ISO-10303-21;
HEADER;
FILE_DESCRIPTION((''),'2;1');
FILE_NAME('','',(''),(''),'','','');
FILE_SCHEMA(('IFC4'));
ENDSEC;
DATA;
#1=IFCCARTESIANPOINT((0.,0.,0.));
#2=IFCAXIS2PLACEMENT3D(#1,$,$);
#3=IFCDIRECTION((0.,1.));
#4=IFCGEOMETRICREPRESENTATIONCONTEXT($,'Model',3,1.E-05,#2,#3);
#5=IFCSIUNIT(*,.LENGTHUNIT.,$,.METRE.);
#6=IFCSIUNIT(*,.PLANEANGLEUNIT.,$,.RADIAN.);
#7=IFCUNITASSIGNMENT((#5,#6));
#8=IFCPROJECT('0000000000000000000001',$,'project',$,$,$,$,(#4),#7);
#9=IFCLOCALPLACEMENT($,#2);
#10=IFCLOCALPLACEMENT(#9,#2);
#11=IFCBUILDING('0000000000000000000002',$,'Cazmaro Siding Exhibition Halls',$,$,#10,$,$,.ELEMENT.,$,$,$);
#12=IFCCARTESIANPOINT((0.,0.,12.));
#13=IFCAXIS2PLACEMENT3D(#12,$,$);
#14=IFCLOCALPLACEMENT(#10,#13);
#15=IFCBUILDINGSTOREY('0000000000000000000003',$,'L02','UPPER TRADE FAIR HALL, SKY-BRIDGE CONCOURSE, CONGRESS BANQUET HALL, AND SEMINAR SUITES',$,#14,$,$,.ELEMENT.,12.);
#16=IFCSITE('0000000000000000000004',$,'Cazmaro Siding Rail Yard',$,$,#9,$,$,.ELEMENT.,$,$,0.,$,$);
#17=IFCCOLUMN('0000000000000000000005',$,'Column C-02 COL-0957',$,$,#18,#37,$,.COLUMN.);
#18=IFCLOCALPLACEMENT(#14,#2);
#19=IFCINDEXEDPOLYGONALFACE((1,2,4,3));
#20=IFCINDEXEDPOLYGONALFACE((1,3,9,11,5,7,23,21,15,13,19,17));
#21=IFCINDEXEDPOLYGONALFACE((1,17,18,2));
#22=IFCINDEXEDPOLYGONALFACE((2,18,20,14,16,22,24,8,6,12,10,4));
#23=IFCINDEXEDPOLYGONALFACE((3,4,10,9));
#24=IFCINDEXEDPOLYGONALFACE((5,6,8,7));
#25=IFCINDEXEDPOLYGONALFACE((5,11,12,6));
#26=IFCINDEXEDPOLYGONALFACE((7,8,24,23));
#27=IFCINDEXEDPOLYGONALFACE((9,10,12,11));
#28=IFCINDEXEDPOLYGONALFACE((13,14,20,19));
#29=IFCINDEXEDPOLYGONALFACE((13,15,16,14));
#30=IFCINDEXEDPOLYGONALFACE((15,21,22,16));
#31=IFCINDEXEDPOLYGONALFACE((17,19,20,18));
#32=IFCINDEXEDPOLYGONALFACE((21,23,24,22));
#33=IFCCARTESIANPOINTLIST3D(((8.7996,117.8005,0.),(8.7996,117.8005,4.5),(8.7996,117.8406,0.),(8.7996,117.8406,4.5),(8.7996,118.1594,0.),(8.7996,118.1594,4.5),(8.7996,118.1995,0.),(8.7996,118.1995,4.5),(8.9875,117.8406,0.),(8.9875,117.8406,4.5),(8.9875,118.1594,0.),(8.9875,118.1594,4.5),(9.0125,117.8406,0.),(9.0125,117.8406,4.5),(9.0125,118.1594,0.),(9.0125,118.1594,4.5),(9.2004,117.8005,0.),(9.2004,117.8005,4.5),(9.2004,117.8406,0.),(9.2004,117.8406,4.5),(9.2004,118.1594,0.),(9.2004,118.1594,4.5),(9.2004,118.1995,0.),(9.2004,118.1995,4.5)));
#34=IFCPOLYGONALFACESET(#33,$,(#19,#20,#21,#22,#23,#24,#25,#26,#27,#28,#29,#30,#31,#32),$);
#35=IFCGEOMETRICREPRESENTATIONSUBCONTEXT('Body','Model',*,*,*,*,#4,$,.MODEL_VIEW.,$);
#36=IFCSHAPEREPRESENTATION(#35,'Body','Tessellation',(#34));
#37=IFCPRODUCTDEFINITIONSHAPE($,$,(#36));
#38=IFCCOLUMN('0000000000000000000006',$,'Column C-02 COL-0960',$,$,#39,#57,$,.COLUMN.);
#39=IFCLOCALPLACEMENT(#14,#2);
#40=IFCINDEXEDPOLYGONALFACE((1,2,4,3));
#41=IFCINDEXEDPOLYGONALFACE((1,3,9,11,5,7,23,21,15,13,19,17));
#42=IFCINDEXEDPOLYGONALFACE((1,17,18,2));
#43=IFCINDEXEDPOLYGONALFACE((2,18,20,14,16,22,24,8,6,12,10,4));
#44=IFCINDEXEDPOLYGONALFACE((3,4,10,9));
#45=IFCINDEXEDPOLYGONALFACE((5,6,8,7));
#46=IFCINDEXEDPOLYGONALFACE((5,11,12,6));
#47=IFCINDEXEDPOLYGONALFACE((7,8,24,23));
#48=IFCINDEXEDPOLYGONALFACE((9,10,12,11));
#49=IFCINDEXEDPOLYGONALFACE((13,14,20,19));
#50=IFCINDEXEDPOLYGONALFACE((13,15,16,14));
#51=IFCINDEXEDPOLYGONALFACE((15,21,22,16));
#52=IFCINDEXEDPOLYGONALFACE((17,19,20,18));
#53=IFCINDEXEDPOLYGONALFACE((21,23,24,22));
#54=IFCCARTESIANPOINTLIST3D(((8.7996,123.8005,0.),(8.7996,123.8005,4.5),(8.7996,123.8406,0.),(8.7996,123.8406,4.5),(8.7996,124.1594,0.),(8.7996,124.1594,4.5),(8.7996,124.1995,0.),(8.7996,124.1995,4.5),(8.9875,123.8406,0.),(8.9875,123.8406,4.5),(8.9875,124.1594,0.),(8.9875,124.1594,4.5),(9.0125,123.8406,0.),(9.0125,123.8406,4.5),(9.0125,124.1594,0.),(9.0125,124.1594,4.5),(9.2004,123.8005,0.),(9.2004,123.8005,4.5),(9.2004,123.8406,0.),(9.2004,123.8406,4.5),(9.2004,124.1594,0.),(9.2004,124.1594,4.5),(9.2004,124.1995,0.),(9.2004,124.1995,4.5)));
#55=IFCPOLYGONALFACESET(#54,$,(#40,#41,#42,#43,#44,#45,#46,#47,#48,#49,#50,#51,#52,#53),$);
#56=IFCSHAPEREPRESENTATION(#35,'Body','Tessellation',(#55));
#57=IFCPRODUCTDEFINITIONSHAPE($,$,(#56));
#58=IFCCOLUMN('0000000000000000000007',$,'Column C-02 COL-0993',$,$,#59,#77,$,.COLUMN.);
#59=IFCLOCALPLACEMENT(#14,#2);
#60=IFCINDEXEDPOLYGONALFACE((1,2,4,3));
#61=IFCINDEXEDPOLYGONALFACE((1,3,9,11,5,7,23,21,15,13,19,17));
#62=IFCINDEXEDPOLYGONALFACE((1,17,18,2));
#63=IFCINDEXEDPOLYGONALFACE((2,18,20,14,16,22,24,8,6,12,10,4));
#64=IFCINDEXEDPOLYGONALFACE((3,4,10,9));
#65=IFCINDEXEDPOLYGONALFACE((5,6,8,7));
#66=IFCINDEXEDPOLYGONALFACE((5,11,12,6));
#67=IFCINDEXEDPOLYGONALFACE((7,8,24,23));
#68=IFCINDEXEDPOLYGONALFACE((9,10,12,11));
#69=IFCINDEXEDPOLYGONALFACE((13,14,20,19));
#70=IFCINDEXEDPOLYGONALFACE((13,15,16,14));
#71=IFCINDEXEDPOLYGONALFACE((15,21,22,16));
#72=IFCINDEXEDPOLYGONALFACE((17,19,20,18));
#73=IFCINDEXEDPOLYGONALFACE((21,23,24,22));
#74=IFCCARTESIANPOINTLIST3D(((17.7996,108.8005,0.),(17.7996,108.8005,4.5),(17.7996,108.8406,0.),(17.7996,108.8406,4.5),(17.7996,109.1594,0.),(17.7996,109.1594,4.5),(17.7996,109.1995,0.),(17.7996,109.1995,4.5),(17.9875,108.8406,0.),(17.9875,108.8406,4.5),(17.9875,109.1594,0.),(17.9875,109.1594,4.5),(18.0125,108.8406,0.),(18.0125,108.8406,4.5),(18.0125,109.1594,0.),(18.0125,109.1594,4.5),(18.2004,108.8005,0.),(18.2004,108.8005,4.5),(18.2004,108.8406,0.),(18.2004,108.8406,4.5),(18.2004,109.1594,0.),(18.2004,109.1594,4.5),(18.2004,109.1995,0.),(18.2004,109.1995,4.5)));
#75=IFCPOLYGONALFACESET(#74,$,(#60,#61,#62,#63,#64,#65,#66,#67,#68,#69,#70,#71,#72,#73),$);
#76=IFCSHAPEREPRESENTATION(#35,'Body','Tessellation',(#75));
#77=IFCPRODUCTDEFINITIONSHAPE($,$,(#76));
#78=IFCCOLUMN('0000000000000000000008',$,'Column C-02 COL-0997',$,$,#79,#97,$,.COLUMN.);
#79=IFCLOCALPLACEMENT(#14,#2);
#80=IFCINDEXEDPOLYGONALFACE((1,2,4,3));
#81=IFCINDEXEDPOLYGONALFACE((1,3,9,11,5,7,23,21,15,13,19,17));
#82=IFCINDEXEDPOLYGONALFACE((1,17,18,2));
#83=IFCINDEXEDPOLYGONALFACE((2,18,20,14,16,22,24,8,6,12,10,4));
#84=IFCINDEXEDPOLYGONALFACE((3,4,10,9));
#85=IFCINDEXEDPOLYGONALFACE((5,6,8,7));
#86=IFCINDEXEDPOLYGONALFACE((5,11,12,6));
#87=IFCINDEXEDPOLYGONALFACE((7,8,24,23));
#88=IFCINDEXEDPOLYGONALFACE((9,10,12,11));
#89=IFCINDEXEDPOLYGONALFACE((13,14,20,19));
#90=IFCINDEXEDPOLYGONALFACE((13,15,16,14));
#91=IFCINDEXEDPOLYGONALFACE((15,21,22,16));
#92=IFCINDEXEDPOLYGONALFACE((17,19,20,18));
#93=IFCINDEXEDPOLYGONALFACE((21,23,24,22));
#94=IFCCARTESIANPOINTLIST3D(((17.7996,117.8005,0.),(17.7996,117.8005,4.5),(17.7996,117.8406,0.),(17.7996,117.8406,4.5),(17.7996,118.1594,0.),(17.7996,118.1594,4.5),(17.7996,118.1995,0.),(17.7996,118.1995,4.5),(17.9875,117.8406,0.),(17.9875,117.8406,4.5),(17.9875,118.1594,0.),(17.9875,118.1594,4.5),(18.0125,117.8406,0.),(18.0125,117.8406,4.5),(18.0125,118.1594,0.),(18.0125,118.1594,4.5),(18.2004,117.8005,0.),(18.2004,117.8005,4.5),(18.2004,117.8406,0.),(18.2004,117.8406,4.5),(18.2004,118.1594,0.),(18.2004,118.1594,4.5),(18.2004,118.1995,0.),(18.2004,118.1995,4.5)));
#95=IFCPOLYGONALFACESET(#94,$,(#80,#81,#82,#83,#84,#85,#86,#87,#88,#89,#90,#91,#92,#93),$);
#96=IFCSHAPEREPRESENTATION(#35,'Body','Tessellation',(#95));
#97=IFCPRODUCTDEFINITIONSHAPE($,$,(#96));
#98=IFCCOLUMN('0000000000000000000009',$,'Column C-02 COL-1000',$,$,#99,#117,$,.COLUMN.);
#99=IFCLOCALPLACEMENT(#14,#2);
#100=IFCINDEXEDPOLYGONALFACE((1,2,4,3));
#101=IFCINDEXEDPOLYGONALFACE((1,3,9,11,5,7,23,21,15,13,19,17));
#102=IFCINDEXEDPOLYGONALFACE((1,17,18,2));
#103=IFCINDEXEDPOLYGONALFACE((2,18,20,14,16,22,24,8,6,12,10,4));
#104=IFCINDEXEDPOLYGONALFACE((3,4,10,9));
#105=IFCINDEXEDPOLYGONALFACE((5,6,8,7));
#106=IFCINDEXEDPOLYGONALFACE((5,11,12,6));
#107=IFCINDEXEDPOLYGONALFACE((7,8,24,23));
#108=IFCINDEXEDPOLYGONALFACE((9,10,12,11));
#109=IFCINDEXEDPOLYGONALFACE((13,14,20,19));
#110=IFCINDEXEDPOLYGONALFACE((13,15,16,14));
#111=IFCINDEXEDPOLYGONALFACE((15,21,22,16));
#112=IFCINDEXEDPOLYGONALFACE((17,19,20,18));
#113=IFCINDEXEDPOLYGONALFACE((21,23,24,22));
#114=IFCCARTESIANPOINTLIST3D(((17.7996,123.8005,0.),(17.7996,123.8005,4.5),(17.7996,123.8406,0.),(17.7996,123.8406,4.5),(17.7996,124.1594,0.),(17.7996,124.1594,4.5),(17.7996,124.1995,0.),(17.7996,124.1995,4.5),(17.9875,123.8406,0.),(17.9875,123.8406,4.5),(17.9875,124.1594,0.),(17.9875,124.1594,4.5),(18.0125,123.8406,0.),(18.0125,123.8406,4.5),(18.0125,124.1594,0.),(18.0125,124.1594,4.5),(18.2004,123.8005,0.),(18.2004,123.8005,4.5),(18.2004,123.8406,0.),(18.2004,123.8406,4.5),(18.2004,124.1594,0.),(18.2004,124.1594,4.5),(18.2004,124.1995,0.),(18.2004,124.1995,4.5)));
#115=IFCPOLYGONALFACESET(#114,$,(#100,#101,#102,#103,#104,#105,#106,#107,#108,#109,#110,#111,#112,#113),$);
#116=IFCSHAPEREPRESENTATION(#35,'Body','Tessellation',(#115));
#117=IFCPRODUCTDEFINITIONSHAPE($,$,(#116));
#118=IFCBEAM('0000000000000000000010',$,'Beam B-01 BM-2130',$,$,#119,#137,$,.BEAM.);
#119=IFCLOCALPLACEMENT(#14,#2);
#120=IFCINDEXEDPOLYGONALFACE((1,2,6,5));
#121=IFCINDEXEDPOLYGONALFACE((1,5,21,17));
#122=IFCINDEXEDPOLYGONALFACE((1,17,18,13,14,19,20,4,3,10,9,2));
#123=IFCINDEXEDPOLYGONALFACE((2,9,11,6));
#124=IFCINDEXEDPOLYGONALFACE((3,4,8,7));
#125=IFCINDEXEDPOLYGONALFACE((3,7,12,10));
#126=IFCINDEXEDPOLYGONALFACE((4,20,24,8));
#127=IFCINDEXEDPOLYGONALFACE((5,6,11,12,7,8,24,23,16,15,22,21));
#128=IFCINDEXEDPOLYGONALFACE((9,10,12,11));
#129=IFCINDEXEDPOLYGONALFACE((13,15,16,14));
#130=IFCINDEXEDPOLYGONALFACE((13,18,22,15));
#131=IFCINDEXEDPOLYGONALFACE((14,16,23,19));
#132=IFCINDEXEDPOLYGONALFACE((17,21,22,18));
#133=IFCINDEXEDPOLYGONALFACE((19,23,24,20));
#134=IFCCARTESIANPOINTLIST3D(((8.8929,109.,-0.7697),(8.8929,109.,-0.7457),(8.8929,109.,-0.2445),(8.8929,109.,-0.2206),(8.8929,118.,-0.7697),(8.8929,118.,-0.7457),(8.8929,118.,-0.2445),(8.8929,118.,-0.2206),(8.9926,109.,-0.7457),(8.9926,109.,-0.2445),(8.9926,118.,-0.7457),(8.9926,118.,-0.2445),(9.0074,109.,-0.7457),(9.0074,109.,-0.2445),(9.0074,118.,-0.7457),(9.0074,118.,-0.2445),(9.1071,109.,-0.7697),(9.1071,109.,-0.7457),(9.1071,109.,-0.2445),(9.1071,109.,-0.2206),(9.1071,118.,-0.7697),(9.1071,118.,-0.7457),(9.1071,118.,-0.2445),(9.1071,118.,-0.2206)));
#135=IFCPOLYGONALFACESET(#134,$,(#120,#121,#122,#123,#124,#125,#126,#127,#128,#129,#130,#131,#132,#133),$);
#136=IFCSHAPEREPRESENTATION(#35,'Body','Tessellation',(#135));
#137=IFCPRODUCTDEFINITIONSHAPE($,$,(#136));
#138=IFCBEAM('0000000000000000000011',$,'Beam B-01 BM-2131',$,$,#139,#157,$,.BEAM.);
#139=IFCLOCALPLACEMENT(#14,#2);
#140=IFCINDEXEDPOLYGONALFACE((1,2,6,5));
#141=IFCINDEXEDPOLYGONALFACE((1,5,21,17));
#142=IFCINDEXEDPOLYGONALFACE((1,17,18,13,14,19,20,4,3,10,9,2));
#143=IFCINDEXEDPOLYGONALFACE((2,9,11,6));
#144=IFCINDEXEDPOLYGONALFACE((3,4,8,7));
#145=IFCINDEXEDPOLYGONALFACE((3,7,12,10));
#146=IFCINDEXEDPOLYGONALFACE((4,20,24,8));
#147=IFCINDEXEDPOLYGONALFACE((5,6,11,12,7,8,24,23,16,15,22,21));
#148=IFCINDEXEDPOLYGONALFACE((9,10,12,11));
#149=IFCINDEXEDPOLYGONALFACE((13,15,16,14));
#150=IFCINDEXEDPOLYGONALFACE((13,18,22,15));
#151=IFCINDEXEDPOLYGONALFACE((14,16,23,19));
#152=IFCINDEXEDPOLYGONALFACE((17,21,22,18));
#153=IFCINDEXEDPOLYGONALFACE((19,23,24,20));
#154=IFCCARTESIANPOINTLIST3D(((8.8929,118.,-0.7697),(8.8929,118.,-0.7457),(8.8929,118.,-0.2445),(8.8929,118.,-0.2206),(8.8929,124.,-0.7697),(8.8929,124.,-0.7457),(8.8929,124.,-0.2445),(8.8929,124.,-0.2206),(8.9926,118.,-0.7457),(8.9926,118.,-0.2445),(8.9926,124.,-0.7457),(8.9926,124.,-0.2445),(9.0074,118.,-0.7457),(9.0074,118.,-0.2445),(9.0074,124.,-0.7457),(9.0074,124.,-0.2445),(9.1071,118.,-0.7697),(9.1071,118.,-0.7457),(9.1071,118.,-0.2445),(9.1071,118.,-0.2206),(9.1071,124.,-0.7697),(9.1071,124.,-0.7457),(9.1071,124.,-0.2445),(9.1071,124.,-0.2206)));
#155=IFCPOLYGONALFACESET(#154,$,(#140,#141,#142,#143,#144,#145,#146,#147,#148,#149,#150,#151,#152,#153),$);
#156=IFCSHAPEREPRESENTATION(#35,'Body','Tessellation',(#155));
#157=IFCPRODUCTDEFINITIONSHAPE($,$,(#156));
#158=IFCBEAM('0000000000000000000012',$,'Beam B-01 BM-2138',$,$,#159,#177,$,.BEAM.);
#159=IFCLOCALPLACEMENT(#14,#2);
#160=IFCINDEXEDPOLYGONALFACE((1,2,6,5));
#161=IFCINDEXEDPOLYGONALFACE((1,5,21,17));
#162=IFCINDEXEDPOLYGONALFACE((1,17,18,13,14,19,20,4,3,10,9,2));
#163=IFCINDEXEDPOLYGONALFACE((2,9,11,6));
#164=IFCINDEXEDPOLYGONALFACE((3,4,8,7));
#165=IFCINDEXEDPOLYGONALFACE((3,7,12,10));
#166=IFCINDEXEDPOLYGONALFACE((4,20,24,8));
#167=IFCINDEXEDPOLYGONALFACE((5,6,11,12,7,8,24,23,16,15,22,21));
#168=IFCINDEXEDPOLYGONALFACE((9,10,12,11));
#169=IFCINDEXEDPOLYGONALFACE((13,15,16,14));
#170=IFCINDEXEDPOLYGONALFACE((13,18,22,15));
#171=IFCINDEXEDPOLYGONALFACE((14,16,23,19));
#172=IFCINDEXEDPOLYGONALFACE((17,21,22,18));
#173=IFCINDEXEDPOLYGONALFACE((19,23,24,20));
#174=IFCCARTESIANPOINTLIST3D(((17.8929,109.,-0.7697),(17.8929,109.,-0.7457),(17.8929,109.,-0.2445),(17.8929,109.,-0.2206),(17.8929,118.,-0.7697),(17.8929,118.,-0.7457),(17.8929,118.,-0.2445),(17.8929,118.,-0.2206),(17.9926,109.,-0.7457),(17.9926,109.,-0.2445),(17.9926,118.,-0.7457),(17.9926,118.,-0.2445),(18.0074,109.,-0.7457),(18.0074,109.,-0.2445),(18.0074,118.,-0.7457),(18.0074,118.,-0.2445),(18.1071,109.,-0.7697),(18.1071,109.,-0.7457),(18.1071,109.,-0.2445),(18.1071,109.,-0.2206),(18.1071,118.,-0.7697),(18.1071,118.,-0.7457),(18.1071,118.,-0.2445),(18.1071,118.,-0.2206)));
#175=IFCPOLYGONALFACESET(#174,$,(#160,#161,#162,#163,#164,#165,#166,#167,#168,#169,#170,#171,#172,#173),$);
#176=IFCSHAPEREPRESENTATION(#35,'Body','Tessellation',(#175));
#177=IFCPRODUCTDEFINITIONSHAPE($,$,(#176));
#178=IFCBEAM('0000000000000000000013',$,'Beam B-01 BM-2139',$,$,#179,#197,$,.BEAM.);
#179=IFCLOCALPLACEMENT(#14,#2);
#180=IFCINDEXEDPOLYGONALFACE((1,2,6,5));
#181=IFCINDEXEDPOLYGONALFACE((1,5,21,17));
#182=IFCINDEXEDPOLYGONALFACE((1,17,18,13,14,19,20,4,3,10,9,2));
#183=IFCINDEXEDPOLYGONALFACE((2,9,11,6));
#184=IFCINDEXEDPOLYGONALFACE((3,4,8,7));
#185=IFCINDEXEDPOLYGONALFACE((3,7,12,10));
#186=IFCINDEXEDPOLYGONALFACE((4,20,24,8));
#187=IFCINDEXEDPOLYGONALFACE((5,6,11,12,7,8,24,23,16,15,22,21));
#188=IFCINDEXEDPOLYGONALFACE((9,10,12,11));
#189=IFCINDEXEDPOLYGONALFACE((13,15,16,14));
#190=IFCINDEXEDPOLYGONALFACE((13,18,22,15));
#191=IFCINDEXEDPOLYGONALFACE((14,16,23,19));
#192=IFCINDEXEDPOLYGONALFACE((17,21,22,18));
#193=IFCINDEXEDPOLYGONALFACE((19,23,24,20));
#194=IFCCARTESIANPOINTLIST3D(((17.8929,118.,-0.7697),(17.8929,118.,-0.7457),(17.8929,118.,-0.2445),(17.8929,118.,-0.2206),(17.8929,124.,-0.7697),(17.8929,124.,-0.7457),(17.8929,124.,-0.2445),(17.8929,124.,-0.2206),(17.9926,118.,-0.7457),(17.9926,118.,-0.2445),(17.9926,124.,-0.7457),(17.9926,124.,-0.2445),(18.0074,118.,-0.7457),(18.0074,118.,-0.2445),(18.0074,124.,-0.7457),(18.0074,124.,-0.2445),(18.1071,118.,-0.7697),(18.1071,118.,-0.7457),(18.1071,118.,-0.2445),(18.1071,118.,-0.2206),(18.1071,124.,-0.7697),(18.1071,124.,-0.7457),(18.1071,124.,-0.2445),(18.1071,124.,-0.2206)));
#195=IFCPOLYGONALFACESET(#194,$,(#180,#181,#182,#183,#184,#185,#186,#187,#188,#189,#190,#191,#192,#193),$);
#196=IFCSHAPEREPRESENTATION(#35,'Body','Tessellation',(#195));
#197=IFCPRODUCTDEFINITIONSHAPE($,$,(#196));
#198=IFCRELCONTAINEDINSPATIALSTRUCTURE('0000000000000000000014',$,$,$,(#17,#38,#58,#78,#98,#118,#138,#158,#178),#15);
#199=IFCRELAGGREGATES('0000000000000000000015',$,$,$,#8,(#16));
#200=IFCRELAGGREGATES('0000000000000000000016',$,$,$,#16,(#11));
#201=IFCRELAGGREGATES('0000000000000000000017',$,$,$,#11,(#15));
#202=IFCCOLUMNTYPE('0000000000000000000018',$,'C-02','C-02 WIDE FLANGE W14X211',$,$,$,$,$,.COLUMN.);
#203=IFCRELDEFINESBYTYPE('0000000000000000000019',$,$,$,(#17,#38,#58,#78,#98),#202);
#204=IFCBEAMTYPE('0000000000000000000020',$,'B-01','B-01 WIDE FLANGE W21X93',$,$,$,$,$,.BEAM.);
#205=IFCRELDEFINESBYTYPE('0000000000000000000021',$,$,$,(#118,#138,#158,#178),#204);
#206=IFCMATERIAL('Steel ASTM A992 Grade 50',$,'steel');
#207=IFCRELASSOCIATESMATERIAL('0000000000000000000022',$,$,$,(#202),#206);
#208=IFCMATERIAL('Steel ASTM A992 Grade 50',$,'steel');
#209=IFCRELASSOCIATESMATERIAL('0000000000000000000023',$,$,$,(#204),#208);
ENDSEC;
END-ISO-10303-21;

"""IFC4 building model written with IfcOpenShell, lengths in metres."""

from ifc_helpers import new_model, si_unit, direction, frame, origin, origin_2d, place, context, subcontext, project, spatial, i_section, extrude, material, material_profile, profile_set, type_object, element, save


model = new_model("IFC4")

# Units and contexts
model_context = context("Model", 3, precision=1e-05, world=origin(), true_north=direction((0.0, 1.0)))
body_context = subcontext(model_context, "Body", "Model", "MODEL_VIEW")
ifc_project = project(units=[si_unit("LENGTHUNIT", "METRE"), si_unit("PLANEANGLEUNIT", "RADIAN")], contexts=[model_context])

# Site, building, storey
site_placement = place(None, origin())
site = spatial("IfcSite", under=ifc_project, at=site_placement, Name="Cazmaro Siding Rail Yard", CompositionType="ELEMENT", RefElevation=0.0)
building_placement = place(site_placement, origin())
building = spatial("IfcBuilding", under=site, at=building_placement, Name="Cazmaro Siding Exhibition Halls", CompositionType="ELEMENT")
storey_placement = place(building_placement, frame((0.0, 0.0, 12.0)))
storey = spatial("IfcBuildingStorey", under=building, at=storey_placement, Name="L02", Description="UPPER TRADE FAIR HALL, SKY-BRIDGE CONCOURSE, CONGRESS BANQUET HALL, AND SEMINAR SUITES", CompositionType="ELEMENT", Elevation=12.0)

# Columns
ifc_material_1 = material(Name="Steel ASTM A992 Grade 50", Category="steel")
ifc_material_profile_1 = material_profile(ifc_material_1, i_section(OverallWidth=0.4009, OverallDepth=0.3989, WebThickness=0.0249, FlangeThickness=0.04, at=origin_2d()), Name="W14X211")
ifc_profile_set_1 = profile_set([ifc_material_profile_1], Name="Steel ASTM A992 Grade 50")
column_type = type_object("IfcColumnType", Name="C-02", Description="C-02 WIDE FLANGE W14X211", PredefinedType="COLUMN", material=ifc_profile_set_1)
for number, where, z_axis, x_axis, name in (
    (1, (9.0, 118.0, 0.0), (0.0, 0.0, 1.0), (1.0, 0.0, 0.0), "Column C-02 COL-0957"),
    (2, (9.0, 124.0, 0.0), (0.0, 0.0, 1.0), (1.0, 0.0, 0.0), "Column C-02 COL-0960"),
    (3, (18.0, 109.0, 0.0), (0.0, 0.0, 1.0), (1.0, 0.0, 0.0), "Column C-02 COL-0993"),
    (4, (18.0, 118.0, 0.0), (0.0, 0.0, 1.0), (1.0, 0.0, 0.0), "Column C-02 COL-0997"),
    (5, (18.0, 124.0, 0.0), (0.0, 0.0, 1.0), (1.0, 0.0, 0.0), "Column C-02 COL-1000"),
):
    element("IfcColumn", number, at=place(storey_placement, frame(where, z_axis=z_axis, x_axis=x_axis)), inside=storey, type_object=column_type, Name=name, PredefinedType="COLUMN", context=body_context, shape_type="SweptSolid", body=[
        extrude(i_section(OverallWidth=0.4009, OverallDepth=0.3989, WebThickness=0.0249, FlangeThickness=0.04, at=origin_2d()), origin(), (0.0, 0.0, 1.0), 4.5),
    ])

# Beams
ifc_material_2 = material(Name="Steel ASTM A992 Grade 50", Category="steel")
ifc_material_profile_2 = material_profile(ifc_material_2, i_section(OverallWidth=0.2141, OverallDepth=0.5491, WebThickness=0.0149, FlangeThickness=0.0239, at=origin_2d()), Name="W21X93")
ifc_profile_set_2 = profile_set([ifc_material_profile_2], Name="Steel ASTM A992 Grade 50")
beam_type_1 = type_object("IfcBeamType", Name="B-01", Description="B-01 WIDE FLANGE W21X93", PredefinedType="BEAM", material=ifc_profile_set_2)
beam_1_placement = place(storey_placement, frame((9.0, 109.0, -0.4951), z_axis=(0.0, 1.0, 0.0), x_axis=(-1.0, 0.0, 0.0)))
element("IfcBeam", 6, at=beam_1_placement, inside=storey, type_object=beam_type_1, Name="Beam B-01 BM-2130", PredefinedType="BEAM", context=body_context, shape_type="SweptSolid", body=[
    extrude(i_section(OverallWidth=0.2141, OverallDepth=0.5491, WebThickness=0.0149, FlangeThickness=0.0239, at=origin_2d()), origin(), (0.0, 0.0, 1.0), 9.0),
])
beam_2_placement = place(storey_placement, frame((9.0, 118.0, -0.4951), z_axis=(0.0, 1.0, 0.0), x_axis=(-1.0, 0.0, 0.0)))
element("IfcBeam", 7, at=beam_2_placement, inside=storey, type_object=beam_type_1, Name="Beam B-01 BM-2131", PredefinedType="BEAM", context=body_context, shape_type="SweptSolid", body=[
    extrude(i_section(OverallWidth=0.2141, OverallDepth=0.5491, WebThickness=0.0149, FlangeThickness=0.0239, at=origin_2d()), origin(), (0.0, 0.0, 1.0), 6.0),
])
beam_3_placement = place(storey_placement, frame((18.0, 109.0, -0.4951), z_axis=(0.0, 1.0, 0.0), x_axis=(-1.0, 0.0, 0.0)))
element("IfcBeam", 8, at=beam_3_placement, inside=storey, type_object=beam_type_1, Name="Beam B-01 BM-2138", PredefinedType="BEAM", context=body_context, shape_type="SweptSolid", body=[
    extrude(i_section(OverallWidth=0.2141, OverallDepth=0.5491, WebThickness=0.0149, FlangeThickness=0.0239, at=origin_2d()), origin(), (0.0, 0.0, 1.0), 9.0),
])
beam_4_placement = place(storey_placement, frame((18.0, 118.0, -0.4951), z_axis=(0.0, 1.0, 0.0), x_axis=(-1.0, 0.0, 0.0)))
element("IfcBeam", 9, at=beam_4_placement, inside=storey, type_object=beam_type_1, Name="Beam B-01 BM-2139", PredefinedType="BEAM", context=body_context, shape_type="SweptSolid", body=[
    extrude(i_section(OverallWidth=0.2141, OverallDepth=0.5491, WebThickness=0.0149, FlangeThickness=0.0239, at=origin_2d()), origin(), (0.0, 0.0, 1.0), 6.0),
])

save(model, "model.ifc")
